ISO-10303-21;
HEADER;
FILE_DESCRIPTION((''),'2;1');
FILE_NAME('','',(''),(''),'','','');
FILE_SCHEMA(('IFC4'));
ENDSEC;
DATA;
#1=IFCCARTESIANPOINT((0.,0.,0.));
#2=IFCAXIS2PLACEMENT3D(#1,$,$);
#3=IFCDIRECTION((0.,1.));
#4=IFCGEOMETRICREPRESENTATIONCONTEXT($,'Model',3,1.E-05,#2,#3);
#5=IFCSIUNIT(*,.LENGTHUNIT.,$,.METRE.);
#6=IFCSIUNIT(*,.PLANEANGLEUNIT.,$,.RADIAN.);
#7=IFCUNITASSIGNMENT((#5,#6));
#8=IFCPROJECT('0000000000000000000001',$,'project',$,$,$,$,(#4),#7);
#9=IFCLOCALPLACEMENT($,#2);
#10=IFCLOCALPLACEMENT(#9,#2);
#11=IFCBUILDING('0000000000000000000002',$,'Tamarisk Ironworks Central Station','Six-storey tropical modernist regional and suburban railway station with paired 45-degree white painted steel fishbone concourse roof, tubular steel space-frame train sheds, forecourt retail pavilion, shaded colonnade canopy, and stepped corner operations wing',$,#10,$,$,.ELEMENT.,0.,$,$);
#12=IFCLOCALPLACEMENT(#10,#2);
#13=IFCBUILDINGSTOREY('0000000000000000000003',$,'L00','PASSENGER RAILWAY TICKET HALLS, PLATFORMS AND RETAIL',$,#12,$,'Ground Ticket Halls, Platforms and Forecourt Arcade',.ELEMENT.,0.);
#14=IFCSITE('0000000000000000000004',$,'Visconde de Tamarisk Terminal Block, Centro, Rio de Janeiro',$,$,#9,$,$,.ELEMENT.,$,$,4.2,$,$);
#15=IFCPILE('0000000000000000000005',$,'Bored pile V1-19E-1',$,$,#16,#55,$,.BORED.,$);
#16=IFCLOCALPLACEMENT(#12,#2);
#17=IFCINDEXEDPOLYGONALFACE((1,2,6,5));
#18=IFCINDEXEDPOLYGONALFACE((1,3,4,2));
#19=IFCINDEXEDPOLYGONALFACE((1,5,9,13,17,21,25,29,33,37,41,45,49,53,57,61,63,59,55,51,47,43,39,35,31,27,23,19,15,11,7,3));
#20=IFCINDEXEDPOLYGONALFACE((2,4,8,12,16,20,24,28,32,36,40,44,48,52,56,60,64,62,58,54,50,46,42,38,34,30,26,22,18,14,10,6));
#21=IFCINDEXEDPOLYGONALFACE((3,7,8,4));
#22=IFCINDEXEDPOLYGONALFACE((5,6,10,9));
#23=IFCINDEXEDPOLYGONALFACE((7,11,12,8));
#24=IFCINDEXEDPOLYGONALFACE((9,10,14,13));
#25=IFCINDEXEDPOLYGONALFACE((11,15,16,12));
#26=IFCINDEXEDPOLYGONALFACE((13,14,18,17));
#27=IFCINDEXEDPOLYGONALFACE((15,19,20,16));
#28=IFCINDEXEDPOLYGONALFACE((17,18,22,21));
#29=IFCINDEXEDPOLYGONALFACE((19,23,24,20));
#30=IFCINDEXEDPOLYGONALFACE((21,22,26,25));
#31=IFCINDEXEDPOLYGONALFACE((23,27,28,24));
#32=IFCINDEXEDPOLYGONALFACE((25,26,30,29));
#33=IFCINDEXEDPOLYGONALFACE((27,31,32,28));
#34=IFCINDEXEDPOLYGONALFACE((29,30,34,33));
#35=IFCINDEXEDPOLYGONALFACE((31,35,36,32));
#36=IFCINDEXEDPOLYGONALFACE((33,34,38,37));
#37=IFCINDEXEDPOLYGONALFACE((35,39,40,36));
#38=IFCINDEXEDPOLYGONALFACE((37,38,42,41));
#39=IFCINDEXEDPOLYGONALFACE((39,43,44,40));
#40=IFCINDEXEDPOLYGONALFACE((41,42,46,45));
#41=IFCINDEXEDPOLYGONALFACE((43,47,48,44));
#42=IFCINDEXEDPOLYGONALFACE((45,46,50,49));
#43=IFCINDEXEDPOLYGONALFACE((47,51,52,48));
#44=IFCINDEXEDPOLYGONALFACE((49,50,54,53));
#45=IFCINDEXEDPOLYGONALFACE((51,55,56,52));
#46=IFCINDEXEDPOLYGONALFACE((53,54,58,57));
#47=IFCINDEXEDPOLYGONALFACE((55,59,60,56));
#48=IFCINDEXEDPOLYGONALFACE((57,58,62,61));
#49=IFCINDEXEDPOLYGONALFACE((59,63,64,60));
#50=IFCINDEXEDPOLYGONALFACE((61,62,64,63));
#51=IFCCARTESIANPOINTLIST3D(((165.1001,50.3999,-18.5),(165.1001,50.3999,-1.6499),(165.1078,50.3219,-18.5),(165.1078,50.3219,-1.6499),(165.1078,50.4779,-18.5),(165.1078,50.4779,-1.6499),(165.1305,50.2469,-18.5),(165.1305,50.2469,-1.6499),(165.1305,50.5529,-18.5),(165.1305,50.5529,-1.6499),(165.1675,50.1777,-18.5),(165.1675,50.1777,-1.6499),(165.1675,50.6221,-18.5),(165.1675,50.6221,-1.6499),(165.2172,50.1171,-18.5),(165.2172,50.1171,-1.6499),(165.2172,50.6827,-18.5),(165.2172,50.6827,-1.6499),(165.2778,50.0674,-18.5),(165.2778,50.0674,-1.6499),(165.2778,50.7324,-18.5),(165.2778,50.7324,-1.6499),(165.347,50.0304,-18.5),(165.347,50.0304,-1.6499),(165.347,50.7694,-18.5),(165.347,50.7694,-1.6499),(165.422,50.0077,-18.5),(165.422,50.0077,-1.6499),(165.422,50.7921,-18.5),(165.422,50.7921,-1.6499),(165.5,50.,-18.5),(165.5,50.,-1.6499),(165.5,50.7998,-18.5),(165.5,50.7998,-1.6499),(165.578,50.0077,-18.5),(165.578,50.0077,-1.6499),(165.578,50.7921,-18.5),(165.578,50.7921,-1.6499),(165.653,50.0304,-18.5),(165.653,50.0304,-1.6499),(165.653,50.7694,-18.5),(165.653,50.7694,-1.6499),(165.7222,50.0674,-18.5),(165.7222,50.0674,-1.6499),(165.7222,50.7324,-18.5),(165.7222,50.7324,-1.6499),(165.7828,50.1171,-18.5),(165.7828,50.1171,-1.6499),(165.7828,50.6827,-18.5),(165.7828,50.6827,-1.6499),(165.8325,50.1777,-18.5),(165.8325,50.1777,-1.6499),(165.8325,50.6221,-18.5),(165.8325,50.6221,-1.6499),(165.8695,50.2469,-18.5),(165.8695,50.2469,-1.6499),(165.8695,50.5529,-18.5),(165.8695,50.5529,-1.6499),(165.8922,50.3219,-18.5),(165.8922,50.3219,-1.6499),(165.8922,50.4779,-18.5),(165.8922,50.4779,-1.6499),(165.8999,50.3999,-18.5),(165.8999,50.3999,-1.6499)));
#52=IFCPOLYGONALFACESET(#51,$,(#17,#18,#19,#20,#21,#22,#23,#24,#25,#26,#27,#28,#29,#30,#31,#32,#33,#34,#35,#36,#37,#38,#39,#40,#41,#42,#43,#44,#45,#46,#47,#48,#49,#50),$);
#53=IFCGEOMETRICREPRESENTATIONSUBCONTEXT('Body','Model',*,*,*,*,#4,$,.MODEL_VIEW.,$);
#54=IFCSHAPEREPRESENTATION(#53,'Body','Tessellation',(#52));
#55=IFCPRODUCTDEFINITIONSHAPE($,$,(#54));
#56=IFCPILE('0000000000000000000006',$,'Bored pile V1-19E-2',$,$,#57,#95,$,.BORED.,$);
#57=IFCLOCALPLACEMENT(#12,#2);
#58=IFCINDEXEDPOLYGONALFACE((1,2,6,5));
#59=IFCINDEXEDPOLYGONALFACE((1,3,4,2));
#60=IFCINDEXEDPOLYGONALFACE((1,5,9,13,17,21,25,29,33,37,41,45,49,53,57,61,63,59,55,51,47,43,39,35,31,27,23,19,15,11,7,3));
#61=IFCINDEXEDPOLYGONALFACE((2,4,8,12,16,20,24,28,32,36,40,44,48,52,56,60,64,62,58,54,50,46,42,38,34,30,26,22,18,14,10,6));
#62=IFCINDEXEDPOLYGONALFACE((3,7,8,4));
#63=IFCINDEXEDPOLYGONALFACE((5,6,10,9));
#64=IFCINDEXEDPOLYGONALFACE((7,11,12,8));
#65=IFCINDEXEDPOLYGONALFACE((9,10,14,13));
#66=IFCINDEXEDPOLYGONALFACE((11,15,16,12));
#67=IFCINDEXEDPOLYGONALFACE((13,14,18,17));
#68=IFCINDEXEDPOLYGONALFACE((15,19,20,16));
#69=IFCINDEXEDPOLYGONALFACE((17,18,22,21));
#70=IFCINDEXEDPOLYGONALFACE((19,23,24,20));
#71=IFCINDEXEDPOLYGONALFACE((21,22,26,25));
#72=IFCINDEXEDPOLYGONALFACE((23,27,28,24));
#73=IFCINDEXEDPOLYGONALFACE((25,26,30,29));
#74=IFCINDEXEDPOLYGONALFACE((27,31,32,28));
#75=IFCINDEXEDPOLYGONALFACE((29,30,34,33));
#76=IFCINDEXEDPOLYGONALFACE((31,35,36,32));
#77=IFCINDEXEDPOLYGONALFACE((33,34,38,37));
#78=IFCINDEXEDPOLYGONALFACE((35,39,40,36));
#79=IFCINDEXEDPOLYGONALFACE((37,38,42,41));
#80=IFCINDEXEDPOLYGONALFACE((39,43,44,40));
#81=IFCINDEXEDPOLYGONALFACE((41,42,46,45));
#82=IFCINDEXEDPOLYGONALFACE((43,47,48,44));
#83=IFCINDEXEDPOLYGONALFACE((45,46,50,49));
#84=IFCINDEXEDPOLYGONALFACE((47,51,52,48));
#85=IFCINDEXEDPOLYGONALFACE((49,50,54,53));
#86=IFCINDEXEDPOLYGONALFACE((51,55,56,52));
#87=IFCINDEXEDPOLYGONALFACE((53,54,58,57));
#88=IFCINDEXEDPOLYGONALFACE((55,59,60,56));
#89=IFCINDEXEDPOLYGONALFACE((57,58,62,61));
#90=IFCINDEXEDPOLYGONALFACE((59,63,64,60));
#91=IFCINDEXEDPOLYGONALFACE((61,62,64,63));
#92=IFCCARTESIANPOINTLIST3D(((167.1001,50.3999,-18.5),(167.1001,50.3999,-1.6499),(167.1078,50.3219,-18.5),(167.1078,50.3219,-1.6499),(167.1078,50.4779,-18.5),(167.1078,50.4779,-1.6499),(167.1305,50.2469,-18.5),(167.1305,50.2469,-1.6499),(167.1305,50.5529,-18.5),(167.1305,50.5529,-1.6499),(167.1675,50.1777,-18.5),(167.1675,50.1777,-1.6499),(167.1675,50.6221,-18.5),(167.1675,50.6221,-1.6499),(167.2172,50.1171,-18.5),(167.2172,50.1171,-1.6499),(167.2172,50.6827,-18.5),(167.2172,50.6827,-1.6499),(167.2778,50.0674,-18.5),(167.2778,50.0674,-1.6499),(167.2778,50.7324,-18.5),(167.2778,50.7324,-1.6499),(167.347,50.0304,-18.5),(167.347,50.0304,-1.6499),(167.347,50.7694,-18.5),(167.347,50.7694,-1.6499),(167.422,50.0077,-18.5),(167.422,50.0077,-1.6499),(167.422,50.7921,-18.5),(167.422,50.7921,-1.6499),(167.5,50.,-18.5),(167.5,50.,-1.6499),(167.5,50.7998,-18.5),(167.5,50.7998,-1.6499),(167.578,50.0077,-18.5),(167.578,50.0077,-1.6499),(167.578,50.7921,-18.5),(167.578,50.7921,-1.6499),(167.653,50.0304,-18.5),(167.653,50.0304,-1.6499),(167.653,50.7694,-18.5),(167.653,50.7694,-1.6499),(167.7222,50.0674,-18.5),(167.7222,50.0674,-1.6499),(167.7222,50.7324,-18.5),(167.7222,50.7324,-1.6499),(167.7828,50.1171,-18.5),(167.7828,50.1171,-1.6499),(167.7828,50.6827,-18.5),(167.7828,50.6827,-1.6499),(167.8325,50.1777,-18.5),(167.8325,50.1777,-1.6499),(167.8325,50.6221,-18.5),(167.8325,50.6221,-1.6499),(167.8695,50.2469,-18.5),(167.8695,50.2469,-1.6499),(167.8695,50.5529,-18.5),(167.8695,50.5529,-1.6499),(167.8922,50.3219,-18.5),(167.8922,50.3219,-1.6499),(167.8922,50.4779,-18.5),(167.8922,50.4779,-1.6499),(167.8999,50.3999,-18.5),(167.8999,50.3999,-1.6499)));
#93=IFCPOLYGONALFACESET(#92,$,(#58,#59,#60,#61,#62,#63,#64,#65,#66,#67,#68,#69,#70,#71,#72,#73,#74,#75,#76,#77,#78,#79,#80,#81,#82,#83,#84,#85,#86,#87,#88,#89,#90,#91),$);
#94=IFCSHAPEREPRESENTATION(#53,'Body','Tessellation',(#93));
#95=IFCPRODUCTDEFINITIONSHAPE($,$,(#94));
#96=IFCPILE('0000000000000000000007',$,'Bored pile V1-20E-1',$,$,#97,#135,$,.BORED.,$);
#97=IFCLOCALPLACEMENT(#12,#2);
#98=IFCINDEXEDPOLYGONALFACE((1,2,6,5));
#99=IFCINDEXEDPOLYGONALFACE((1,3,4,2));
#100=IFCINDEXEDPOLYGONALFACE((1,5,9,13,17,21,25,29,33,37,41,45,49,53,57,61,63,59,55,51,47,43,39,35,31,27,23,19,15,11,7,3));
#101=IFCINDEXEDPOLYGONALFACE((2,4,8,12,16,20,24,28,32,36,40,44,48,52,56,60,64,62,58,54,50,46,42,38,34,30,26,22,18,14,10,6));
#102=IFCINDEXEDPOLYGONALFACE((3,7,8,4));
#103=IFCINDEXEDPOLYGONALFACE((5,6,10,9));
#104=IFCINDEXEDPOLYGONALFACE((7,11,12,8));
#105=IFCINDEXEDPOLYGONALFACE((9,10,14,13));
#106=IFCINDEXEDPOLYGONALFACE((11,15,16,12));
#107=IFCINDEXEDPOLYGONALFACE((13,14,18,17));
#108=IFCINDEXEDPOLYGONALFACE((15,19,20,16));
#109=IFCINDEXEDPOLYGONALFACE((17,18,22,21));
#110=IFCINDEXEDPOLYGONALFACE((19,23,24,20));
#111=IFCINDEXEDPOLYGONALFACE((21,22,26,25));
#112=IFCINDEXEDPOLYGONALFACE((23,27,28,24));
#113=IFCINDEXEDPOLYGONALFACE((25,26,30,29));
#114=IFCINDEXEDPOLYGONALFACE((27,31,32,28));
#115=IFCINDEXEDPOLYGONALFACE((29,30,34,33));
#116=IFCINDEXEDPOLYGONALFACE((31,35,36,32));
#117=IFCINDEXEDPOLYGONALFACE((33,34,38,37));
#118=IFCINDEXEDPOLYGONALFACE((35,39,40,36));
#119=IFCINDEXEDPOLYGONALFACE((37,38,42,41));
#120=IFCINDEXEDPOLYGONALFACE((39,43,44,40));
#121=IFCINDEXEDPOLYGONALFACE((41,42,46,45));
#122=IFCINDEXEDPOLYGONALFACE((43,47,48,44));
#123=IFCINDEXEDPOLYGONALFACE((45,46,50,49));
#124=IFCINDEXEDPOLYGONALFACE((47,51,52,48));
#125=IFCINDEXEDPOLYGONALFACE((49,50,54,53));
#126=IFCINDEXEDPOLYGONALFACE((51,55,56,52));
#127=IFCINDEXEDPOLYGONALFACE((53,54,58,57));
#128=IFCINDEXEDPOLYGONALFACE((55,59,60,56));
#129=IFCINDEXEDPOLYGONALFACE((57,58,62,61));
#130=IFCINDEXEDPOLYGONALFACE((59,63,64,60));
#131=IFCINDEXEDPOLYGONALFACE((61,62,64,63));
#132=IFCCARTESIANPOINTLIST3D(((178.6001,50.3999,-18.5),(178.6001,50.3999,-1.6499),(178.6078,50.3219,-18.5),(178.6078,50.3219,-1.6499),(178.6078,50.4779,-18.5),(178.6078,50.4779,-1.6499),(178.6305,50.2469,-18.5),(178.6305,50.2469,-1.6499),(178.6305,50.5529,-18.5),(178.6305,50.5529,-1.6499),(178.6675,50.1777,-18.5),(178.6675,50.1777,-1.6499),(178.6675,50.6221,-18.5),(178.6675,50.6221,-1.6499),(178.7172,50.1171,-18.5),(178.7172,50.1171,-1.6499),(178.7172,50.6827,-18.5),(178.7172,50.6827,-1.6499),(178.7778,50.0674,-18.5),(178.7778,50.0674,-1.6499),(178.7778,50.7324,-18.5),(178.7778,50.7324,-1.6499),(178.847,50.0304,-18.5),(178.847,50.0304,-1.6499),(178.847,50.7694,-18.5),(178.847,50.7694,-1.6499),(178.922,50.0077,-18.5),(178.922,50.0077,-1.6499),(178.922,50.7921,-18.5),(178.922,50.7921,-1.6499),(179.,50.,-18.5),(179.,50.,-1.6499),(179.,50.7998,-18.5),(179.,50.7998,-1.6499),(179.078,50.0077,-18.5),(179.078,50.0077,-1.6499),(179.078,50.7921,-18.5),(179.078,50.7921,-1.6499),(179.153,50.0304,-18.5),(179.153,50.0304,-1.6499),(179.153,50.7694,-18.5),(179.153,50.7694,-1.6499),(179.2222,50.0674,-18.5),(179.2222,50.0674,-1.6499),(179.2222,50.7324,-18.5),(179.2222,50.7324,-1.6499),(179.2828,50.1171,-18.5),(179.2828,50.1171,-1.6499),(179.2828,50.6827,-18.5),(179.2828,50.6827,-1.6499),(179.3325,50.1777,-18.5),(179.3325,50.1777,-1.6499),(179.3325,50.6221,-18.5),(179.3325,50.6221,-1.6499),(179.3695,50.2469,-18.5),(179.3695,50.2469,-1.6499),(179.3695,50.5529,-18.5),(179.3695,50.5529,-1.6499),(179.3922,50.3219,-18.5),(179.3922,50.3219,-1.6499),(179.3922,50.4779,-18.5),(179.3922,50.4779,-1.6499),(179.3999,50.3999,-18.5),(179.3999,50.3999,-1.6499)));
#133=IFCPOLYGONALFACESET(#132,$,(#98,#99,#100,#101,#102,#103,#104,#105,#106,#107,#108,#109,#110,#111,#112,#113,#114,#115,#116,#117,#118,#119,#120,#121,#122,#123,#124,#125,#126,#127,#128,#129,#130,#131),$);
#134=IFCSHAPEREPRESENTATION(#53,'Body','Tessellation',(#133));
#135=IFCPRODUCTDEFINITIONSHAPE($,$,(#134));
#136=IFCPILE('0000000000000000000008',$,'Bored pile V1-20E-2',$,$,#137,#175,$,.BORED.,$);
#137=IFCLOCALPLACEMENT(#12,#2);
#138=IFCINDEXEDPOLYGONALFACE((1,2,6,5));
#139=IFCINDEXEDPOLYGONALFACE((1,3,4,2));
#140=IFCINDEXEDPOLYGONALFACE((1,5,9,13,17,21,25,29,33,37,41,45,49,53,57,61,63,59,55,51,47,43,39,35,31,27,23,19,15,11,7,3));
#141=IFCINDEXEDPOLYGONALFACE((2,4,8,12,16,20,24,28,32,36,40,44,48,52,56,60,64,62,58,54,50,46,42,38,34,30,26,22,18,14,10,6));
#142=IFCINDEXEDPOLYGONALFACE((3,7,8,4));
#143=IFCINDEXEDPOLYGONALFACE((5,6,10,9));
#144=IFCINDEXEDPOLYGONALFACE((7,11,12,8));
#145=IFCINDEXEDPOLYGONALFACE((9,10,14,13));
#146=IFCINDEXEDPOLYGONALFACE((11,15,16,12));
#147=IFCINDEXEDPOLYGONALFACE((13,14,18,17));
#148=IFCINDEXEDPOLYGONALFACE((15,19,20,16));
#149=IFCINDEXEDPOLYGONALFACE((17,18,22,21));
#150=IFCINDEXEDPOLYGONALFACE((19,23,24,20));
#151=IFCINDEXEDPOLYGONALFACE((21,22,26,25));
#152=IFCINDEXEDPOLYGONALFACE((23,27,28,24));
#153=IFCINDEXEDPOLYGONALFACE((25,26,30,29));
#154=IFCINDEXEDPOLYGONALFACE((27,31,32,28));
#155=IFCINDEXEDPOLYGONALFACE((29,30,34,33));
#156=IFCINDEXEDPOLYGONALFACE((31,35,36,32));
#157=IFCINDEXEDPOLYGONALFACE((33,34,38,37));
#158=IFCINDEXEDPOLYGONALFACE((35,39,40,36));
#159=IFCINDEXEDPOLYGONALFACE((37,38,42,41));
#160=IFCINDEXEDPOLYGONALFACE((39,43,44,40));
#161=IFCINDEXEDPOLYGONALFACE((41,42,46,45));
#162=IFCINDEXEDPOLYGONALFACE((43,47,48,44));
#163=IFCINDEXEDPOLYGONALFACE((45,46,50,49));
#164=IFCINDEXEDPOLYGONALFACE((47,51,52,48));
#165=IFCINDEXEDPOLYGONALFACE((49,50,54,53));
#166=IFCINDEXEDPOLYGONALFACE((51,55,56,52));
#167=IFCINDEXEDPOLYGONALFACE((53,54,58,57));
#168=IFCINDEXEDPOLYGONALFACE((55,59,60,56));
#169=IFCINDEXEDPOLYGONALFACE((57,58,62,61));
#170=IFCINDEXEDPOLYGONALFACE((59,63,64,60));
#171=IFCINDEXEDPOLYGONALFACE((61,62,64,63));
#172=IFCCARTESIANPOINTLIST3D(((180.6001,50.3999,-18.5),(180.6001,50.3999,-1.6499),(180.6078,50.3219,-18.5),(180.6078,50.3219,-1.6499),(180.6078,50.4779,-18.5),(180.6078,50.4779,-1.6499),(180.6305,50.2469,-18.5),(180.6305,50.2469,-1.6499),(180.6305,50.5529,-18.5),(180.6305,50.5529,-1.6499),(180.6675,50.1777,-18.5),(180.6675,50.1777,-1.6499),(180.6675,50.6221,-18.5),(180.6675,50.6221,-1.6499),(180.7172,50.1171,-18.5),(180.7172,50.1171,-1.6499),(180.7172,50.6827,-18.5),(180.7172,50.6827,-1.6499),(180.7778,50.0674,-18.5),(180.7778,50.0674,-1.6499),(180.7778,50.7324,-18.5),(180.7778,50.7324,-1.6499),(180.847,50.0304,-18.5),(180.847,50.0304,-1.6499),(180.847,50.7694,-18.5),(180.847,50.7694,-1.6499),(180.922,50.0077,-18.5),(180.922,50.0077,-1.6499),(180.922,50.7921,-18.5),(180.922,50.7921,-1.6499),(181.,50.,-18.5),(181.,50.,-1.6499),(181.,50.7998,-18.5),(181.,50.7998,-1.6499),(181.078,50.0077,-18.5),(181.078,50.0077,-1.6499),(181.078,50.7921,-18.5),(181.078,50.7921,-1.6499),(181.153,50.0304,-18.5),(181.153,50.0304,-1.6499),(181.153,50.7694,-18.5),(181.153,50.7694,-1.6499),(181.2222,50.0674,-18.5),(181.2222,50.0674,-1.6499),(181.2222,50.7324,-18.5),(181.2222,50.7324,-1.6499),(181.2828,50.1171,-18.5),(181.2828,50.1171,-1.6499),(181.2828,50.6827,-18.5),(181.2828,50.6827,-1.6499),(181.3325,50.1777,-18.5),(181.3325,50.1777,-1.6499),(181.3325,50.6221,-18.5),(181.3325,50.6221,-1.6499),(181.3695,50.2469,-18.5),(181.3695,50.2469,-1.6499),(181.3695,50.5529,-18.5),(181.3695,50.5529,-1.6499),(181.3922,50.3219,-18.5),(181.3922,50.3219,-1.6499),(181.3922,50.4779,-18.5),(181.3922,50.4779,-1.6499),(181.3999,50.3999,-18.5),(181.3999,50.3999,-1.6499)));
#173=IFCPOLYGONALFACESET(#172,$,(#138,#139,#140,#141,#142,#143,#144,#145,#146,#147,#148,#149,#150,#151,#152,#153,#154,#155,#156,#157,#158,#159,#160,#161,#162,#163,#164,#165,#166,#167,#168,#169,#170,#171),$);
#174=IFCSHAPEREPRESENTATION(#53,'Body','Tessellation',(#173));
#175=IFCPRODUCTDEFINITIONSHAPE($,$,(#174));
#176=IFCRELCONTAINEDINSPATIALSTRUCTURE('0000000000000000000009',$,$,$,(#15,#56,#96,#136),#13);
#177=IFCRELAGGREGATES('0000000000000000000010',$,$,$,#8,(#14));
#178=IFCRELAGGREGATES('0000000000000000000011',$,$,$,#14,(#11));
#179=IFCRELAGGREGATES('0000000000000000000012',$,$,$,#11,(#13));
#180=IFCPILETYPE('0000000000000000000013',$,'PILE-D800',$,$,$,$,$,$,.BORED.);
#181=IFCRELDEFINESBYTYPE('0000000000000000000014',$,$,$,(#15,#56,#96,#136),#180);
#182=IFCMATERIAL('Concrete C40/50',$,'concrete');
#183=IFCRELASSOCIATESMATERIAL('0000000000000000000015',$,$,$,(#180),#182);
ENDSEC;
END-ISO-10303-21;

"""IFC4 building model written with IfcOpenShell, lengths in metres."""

from ifc_helpers import new_model, si_unit, direction, frame, origin, origin_2d, place, context, subcontext, project, spatial, circle, extrude, material, material_profile, profile_set, type_object, element, save


model = new_model("IFC4")

# Units and contexts
model_context = context("Model", 3, precision=1e-05, world=origin(), true_north=direction((0.0, 1.0)))
body_context = subcontext(model_context, "Body", "Model", "MODEL_VIEW")
ifc_project = project(units=[si_unit("LENGTHUNIT", "METRE"), si_unit("PLANEANGLEUNIT", "RADIAN")], contexts=[model_context])

# Site, building, storey
site_placement = place(None, origin())
site = spatial("IfcSite", under=ifc_project, at=site_placement, Name="Visconde de Tamarisk Terminal Block, Centro, Rio de Janeiro", CompositionType="ELEMENT", RefElevation=4.2)
building_placement = place(site_placement, origin())
building = spatial("IfcBuilding", under=site, at=building_placement, Name="Tamarisk Ironworks Central Station", Description="Six-storey tropical modernist regional and suburban railway station with paired 45-degree white painted steel fishbone concourse roof, tubular steel space-frame train sheds, forecourt retail pavilion, shaded colonnade canopy, and stepped corner operations wing", CompositionType="ELEMENT", ElevationOfRefHeight=0.0)
storey_placement = place(building_placement, origin())
storey = spatial("IfcBuildingStorey", under=building, at=storey_placement, Name="L00", Description="PASSENGER RAILWAY TICKET HALLS, PLATFORMS AND RETAIL", LongName="Ground Ticket Halls, Platforms and Forecourt Arcade", CompositionType="ELEMENT", Elevation=0.0)

# Shared definitions
ifc_material_1 = material(Name="Concrete C40/50", Category="concrete")

# Piles
ifc_material_profile_1 = material_profile(ifc_material_1, circle(Radius=0.3999, at=origin_2d()), Name="BORED PILE D800")
ifc_profile_set_1 = profile_set([ifc_material_profile_1], Name="Concrete C40/50")
pile_type_1 = type_object("IfcPileType", Name="PILE-D800", PredefinedType="BORED", material=ifc_profile_set_1)
for number, where, z_axis, x_axis, name in (
    (1, (165.5, 50.3999, -1.6499), (0.0, 0.0, -1.0), (1.0, 0.0, 0.0), "Bored pile V1-19E-1"),
    (2, (167.5, 50.3999, -1.6499), (0.0, 0.0, -1.0), (1.0, 0.0, 0.0), "Bored pile V1-19E-2"),
    (3, (179.0, 50.3999, -1.6499), (0.0, 0.0, -1.0), (1.0, 0.0, 0.0), "Bored pile V1-20E-1"),
    (4, (181.0, 50.3999, -1.6499), (0.0, 0.0, -1.0), (1.0, 0.0, 0.0), "Bored pile V1-20E-2"),
):
    element("IfcPile", number, at=place(storey_placement, frame(where, z_axis=z_axis, x_axis=x_axis)), inside=storey, type_object=pile_type_1, Name=name, PredefinedType="BORED", context=body_context, shape_type="SweptSolid", body=[
        extrude(circle(Radius=0.3999, at=origin_2d()), origin(), (0.0, 0.0, 1.0), 16.8501),
    ])

save(model, "model.ifc")
